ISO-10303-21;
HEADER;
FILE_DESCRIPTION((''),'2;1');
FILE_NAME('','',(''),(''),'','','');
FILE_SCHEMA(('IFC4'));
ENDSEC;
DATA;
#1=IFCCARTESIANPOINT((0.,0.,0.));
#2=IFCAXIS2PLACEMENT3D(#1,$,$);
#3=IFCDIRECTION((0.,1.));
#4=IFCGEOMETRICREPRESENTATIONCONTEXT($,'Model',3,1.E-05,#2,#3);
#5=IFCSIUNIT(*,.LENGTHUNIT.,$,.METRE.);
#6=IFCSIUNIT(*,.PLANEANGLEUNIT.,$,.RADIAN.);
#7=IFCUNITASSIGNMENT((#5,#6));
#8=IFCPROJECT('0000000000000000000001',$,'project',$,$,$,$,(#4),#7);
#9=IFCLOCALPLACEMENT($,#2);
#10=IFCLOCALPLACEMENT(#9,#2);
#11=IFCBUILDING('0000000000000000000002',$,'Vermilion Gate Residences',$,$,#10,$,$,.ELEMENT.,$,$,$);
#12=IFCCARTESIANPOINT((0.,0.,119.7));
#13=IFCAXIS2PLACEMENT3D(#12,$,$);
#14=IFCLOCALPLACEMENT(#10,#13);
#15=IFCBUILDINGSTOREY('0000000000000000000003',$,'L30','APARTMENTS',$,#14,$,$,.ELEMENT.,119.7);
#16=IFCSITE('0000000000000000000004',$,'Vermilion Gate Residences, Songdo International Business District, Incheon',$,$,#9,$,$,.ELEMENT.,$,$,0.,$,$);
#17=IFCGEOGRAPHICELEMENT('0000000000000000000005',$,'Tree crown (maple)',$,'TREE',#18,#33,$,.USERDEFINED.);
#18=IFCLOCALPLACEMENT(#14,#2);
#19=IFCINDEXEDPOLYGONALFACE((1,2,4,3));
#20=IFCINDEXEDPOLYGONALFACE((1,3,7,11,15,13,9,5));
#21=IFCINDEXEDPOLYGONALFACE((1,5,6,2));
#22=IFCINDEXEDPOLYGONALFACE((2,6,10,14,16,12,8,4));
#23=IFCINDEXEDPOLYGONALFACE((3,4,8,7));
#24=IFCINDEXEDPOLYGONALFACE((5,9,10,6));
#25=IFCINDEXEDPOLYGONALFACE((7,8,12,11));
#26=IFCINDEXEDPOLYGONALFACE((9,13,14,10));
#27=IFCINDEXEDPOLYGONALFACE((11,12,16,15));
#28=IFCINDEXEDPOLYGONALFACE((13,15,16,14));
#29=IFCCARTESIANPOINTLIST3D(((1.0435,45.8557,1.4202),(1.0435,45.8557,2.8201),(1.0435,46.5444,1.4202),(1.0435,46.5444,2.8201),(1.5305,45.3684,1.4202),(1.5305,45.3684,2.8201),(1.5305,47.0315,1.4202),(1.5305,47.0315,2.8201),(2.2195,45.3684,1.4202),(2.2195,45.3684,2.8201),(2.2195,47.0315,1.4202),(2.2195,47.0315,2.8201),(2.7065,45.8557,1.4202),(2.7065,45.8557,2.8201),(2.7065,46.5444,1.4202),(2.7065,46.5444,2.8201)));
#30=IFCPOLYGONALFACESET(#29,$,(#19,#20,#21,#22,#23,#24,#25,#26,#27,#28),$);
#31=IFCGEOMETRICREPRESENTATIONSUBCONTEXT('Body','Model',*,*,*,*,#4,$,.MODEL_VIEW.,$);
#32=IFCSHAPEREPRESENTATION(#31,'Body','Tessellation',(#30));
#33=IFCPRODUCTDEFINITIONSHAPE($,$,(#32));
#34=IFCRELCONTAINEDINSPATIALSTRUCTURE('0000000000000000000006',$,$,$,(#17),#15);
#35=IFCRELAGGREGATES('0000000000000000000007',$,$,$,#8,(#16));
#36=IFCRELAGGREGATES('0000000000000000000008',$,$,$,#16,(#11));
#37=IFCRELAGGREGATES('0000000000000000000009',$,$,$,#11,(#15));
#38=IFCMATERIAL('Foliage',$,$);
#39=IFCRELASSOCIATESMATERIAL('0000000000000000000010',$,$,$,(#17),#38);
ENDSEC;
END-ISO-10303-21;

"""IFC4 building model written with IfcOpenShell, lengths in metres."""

from ifc_helpers import new_model, si_unit, direction, frame, origin, place, context, subcontext, project, spatial, polyline, outline, extrude, material, element, save


model = new_model("IFC4")

# Units and contexts
model_context = context("Model", 3, precision=1e-05, world=origin(), true_north=direction((0.0, 1.0)))
body_context = subcontext(model_context, "Body", "Model", "MODEL_VIEW")
ifc_project = project(units=[si_unit("LENGTHUNIT", "METRE"), si_unit("PLANEANGLEUNIT", "RADIAN")], contexts=[model_context])

# Site, building, storey
site_placement = place(None, origin())
site = spatial("IfcSite", under=ifc_project, at=site_placement, Name="Vermilion Gate Residences, Songdo International Business District, Incheon", CompositionType="ELEMENT", RefElevation=0.0)
building_placement = place(site_placement, origin())
building = spatial("IfcBuilding", under=site, at=building_placement, Name="Vermilion Gate Residences", CompositionType="ELEMENT")
storey_placement = place(building_placement, frame((0.0, 0.0, 119.7)))
storey = spatial("IfcBuildingStorey", under=building, at=storey_placement, Name="L30", Description="APARTMENTS", CompositionType="ELEMENT", Elevation=119.7)

# Geographic element
ifc_material_1 = material(Name="Foliage")
geographic_element_1_placement = place(storey_placement, frame((0.0, 0.0, 1.4202)))
element("IfcGeographicElement", 1, at=geographic_element_1_placement, inside=storey, material=ifc_material_1, Name="Tree crown (maple)", ObjectType="TREE", PredefinedType="USERDEFINED", context=body_context, shape_type="SweptSolid", body=[
    extrude(outline(polyline([(2.7065, 46.5444), (2.2195, 47.0315), (1.5305, 47.0315), (1.0435, 46.5444), (1.0435, 45.8557), (1.5305, 45.3684), (2.2195, 45.3684), (2.7065, 45.8557), (2.7065, 46.5444)])), origin(), (0.0, 0.0, 1.0), 1.3999),
])

save(model, "model.ifc")
